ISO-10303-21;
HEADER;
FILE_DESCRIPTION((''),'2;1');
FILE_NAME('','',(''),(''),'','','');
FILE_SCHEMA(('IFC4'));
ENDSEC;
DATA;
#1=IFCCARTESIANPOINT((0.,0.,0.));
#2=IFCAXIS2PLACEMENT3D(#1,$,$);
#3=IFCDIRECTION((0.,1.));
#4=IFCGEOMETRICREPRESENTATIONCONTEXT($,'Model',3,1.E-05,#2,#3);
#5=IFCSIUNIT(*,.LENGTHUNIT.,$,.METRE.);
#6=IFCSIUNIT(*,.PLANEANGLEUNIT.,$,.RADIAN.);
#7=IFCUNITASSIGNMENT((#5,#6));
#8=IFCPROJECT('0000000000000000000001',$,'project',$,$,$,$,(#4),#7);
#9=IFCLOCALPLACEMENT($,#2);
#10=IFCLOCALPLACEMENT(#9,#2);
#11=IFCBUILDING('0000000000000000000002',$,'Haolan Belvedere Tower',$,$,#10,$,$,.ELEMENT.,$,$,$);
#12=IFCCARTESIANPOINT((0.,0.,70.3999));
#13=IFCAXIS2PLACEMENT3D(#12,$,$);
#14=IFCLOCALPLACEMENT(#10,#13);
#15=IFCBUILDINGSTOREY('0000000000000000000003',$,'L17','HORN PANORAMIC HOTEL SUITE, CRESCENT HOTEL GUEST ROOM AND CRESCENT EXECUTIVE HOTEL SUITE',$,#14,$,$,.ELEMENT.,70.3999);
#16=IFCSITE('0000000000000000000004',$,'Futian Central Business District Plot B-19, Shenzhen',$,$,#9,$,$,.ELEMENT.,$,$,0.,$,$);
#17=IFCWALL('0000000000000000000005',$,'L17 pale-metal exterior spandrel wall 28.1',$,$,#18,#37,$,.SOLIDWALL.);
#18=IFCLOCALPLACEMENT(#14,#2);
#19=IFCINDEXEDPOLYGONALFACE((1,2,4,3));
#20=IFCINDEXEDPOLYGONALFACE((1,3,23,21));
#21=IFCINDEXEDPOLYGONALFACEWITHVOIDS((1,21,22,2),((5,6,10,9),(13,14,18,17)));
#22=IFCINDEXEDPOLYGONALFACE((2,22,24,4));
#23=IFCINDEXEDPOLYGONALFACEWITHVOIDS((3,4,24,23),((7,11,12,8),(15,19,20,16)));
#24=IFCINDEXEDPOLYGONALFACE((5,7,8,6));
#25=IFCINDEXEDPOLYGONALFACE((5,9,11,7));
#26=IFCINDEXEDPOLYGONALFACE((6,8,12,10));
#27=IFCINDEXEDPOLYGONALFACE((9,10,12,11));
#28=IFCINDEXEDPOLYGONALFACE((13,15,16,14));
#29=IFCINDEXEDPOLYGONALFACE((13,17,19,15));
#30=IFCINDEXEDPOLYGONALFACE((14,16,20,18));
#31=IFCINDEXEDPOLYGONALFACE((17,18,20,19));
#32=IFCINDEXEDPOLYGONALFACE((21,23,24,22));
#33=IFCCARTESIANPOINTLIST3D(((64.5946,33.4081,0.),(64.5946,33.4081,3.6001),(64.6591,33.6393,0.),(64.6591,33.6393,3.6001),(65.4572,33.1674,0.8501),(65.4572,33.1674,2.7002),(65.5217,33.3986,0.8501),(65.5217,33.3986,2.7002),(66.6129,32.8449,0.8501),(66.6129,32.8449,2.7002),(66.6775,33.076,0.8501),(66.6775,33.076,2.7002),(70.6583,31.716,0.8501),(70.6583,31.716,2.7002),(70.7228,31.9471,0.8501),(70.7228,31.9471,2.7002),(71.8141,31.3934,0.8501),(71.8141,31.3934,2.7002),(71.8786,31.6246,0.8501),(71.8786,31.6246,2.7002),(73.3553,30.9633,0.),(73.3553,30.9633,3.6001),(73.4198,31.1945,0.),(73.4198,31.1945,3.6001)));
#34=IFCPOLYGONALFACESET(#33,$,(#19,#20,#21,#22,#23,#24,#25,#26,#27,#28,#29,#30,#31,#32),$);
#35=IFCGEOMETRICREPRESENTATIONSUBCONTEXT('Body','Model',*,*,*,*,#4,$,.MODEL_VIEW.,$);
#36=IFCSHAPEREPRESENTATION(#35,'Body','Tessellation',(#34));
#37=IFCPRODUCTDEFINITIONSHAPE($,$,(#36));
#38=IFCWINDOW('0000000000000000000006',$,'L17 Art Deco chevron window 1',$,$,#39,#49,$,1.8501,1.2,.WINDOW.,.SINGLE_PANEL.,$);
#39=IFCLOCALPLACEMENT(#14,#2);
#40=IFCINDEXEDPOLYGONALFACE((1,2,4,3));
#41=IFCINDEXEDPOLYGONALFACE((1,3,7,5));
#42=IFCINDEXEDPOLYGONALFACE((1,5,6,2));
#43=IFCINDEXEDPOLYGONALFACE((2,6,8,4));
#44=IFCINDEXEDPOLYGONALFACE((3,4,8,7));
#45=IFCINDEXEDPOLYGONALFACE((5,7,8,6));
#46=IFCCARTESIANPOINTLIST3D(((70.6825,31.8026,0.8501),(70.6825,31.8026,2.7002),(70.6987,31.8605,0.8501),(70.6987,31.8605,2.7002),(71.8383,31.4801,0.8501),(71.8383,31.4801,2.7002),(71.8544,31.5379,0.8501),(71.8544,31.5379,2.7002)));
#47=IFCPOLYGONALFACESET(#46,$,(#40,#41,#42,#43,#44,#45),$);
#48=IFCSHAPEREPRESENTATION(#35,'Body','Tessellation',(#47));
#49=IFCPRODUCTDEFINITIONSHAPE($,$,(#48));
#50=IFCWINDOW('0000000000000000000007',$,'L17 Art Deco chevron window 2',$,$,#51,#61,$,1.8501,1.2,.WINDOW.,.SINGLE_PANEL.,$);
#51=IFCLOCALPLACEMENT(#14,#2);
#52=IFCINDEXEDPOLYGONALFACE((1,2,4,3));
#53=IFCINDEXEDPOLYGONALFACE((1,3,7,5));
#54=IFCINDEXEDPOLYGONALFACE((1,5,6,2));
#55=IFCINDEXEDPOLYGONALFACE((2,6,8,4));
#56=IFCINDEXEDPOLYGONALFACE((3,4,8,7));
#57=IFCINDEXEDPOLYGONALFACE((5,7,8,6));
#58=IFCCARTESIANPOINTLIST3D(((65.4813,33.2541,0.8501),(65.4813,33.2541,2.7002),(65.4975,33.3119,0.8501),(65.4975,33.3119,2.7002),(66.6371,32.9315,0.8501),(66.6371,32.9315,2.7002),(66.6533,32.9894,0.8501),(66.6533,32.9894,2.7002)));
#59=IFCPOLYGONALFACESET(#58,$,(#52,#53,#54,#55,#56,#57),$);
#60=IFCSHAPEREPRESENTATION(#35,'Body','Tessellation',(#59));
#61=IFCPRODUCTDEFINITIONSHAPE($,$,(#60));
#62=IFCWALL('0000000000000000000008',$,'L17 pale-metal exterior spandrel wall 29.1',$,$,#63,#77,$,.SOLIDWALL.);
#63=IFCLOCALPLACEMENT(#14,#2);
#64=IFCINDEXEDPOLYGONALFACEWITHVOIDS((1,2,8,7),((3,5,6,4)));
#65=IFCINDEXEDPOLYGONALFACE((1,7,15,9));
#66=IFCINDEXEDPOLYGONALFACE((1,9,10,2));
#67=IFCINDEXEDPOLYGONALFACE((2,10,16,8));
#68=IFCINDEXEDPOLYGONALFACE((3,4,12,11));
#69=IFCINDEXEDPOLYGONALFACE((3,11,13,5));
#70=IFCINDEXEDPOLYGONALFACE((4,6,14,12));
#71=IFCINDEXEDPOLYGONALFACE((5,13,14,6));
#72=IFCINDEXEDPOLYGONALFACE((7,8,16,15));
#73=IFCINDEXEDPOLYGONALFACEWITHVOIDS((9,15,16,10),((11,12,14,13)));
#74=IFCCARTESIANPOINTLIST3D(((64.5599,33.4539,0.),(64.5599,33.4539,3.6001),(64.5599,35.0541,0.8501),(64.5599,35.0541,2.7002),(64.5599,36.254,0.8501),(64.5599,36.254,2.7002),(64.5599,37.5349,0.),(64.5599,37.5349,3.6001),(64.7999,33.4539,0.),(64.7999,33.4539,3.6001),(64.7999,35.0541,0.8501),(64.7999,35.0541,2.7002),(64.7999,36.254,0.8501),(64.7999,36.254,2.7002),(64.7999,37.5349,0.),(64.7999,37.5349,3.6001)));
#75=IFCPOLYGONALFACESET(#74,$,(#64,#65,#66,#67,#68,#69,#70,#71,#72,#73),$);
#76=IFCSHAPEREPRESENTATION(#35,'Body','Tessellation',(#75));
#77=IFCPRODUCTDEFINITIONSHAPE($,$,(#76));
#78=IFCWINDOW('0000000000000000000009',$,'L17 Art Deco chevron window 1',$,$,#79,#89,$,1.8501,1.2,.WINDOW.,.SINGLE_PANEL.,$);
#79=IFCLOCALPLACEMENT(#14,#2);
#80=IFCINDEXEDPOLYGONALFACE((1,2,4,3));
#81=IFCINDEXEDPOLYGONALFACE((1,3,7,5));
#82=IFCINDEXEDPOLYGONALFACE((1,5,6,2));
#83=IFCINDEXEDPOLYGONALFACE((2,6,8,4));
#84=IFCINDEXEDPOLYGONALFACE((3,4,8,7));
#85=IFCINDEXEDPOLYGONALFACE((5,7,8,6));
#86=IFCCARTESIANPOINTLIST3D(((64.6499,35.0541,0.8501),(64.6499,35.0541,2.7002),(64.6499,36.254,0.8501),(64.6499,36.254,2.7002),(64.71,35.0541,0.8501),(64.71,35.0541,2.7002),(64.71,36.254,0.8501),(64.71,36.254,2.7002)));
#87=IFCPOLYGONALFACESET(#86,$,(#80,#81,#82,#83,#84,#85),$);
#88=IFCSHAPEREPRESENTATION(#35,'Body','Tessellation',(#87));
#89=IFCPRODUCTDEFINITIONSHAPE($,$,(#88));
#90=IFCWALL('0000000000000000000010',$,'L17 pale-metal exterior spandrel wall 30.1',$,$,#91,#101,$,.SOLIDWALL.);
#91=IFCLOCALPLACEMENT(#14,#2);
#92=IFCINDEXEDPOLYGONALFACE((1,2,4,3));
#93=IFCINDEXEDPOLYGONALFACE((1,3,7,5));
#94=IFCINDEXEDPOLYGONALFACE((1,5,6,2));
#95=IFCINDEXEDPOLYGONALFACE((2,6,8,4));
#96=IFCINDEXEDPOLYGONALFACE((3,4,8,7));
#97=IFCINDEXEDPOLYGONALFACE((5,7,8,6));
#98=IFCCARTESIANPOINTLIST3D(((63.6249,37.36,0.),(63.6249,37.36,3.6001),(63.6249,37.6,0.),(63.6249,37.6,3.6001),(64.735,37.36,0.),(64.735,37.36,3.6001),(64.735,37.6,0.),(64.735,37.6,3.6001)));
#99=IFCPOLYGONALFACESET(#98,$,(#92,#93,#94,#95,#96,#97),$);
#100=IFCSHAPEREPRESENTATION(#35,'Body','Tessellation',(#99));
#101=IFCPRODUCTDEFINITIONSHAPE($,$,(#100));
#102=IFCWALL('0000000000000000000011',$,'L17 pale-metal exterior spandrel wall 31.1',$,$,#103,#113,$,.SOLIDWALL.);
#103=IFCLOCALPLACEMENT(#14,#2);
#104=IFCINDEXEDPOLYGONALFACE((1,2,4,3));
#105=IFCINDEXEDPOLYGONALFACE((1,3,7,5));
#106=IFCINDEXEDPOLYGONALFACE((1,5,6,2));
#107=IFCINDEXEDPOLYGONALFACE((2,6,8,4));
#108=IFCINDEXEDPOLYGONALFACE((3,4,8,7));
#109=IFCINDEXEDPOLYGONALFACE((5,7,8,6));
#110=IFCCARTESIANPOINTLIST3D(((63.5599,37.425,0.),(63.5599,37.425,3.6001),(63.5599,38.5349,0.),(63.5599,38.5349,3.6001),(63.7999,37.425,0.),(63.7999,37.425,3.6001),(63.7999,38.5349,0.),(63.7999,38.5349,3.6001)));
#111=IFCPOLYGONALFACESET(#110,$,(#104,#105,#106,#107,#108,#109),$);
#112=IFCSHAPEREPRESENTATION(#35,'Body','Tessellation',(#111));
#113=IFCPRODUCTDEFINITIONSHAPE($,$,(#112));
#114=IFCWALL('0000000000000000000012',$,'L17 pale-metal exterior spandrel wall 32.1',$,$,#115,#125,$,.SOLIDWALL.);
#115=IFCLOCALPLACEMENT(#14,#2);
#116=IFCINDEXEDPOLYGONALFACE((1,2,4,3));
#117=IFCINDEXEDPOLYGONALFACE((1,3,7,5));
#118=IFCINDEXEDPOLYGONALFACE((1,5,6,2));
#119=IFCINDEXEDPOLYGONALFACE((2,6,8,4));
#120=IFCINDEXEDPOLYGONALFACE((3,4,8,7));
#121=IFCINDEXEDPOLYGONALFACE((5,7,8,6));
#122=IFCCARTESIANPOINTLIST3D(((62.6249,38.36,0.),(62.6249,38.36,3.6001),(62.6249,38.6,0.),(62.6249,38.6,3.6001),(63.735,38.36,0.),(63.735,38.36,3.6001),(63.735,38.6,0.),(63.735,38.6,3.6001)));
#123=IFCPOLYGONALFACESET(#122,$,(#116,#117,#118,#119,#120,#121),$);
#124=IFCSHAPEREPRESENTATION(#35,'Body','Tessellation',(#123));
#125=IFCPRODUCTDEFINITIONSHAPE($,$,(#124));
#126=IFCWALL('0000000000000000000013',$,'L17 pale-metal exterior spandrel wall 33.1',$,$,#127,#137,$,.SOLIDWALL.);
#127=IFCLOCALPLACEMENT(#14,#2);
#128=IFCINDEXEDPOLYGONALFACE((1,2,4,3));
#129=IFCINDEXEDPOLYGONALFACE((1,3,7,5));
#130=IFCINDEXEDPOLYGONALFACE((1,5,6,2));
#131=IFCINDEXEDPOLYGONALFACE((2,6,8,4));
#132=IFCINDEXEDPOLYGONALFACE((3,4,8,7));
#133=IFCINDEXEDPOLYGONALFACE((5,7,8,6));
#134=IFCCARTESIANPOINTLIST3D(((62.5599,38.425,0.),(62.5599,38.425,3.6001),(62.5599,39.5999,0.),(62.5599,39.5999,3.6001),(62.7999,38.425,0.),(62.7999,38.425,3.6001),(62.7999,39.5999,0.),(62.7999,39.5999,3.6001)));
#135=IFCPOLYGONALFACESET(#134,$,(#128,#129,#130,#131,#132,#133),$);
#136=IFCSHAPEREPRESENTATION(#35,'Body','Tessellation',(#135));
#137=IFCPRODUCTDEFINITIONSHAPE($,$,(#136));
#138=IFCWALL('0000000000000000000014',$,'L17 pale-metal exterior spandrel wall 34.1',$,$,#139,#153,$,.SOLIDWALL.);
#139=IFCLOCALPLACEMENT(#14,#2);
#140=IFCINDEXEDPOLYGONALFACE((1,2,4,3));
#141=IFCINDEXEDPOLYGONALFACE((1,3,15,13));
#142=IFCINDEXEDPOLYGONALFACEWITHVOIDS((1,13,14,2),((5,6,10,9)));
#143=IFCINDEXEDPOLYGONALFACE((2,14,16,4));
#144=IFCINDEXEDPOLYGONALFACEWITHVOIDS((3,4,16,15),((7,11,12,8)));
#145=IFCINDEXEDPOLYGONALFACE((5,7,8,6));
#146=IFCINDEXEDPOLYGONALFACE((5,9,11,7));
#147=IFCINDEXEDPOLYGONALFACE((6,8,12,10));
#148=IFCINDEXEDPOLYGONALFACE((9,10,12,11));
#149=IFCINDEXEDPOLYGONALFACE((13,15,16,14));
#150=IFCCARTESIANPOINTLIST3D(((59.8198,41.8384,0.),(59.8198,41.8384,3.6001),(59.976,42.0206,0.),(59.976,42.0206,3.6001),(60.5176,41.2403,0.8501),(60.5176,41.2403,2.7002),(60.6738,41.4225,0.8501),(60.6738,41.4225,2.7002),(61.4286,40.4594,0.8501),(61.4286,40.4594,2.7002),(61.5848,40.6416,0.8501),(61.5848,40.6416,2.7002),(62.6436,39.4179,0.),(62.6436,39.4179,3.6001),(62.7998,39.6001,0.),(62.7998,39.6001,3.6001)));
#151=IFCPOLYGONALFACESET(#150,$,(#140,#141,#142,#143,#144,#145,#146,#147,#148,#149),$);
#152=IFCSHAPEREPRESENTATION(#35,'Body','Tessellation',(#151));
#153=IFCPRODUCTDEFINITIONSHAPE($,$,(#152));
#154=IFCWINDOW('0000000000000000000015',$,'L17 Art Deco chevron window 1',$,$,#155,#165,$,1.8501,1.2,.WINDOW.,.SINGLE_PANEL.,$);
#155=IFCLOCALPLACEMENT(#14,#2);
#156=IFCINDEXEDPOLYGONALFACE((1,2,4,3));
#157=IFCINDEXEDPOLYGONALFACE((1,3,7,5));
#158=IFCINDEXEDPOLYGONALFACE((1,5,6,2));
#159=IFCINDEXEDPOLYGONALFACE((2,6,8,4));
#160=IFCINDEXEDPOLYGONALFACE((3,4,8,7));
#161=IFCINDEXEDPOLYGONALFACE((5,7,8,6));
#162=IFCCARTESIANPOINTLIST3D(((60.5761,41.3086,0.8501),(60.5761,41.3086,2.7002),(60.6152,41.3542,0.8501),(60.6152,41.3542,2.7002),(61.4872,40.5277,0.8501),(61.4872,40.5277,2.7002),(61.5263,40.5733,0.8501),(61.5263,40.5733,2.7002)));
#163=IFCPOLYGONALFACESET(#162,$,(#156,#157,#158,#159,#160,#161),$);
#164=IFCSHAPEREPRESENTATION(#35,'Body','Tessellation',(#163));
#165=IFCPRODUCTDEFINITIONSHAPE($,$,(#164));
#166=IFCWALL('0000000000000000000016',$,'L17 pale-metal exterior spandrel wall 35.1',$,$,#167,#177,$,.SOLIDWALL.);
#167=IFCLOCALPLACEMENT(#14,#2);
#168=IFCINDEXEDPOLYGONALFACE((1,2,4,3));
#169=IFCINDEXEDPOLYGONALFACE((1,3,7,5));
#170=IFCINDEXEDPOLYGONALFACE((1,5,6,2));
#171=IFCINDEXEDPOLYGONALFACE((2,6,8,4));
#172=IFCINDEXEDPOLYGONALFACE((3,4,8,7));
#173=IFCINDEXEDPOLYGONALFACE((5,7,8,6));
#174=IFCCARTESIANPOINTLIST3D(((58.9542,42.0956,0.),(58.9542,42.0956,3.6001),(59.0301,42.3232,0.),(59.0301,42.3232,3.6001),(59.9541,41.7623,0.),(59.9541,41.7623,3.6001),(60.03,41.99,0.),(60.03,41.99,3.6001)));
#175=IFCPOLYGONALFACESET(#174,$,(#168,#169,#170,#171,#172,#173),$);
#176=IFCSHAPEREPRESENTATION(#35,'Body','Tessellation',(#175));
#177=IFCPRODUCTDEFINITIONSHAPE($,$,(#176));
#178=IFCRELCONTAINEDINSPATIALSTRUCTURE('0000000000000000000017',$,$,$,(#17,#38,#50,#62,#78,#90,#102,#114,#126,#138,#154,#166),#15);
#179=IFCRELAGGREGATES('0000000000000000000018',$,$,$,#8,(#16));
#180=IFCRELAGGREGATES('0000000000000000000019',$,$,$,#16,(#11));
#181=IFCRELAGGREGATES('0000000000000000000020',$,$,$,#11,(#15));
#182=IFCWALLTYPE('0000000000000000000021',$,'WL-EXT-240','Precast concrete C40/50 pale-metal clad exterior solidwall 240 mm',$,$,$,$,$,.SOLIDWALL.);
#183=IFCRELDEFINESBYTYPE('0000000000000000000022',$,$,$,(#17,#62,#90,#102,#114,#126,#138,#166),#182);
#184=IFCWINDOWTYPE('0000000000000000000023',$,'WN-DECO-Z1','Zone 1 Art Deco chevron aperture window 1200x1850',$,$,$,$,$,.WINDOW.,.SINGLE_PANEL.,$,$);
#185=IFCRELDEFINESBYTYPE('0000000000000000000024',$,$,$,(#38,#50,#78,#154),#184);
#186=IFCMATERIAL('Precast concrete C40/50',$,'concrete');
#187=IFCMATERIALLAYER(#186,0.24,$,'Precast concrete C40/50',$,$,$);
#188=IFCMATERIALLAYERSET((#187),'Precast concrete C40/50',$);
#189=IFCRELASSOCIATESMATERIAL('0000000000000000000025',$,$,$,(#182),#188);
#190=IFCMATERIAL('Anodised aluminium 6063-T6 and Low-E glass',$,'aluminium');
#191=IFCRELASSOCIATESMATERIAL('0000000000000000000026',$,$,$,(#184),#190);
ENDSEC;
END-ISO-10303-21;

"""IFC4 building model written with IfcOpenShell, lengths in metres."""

from ifc_helpers import new_model, si_unit, direction, frame, frame_2d, origin, place, context, subcontext, project, spatial, rectangle, extrude, material, layer, layer_set, type_object, element, fill, save


model = new_model("IFC4")

# Units and contexts
model_context = context("Model", 3, precision=1e-05, world=origin(), true_north=direction((0.0, 1.0)))
body_context = subcontext(model_context, "Body", "Model", "MODEL_VIEW")
ifc_project = project(units=[si_unit("LENGTHUNIT", "METRE"), si_unit("PLANEANGLEUNIT", "RADIAN")], contexts=[model_context])

# Site, building, storey
site_placement = place(None, origin())
site = spatial("IfcSite", under=ifc_project, at=site_placement, Name="Futian Central Business District Plot B-19, Shenzhen", CompositionType="ELEMENT", RefElevation=0.0)
building_placement = place(site_placement, origin())
building = spatial("IfcBuilding", under=site, at=building_placement, Name="Haolan Belvedere Tower", CompositionType="ELEMENT")
storey_placement = place(building_placement, frame((0.0, 0.0, 70.3999)))
storey = spatial("IfcBuildingStorey", under=building, at=storey_placement, Name="L17", Description="HORN PANORAMIC HOTEL SUITE, CRESCENT HOTEL GUEST ROOM AND CRESCENT EXECUTIVE HOTEL SUITE", CompositionType="ELEMENT", Elevation=70.3999)

# Wall, openings, windows
ifc_material_1 = material(Name="Precast concrete C40/50", Category="concrete")
ifc_layer_1 = layer(ifc_material_1, 0.24, Name="Precast concrete C40/50")
ifc_layer_set_1 = layer_set([ifc_layer_1], Name="Precast concrete C40/50")
wall_type_1 = type_object("IfcWallType", Name="WL-EXT-240", Description="Precast concrete C40/50 pale-metal clad exterior solidwall 240 mm", PredefinedType="SOLIDWALL", material=ifc_layer_set_1)
wall_1_placement = place(storey_placement, frame((73.3877, 31.0789, 0.0), z_axis=(0.0, 0.0, 1.0), x_axis=(-0.963197, 0.268795, 0.0)))
wall_1 = element("IfcWall", 1, at=wall_1_placement, inside=storey, type_object=wall_type_1, Name="L17 pale-metal exterior spandrel wall 28.1", PredefinedType="SOLIDWALL", context=body_context, shape_type="SweptSolid", body=[
    extrude(rectangle(XDim=9.0955, YDim=0.24, at=frame_2d((4.5479, 0.0))), origin(), (0.0, 0.0, 1.0), 3.6001),
])
opening_1_placement = place(wall_1_placement, frame((1.6001, 0.0, 0.8501)))
opening_1 = element("IfcOpeningElement", 2, at=opening_1_placement, cuts=wall_1, PredefinedType="OPENING", context=body_context, shape_type="SweptSolid", body=[
    extrude(rectangle(XDim=1.2, YDim=1.8501, at=frame_2d((0.6001, 0.925))), frame((0.0, 0.1299, 0.0), z_axis=(0.0, -1.0, 0.0), x_axis=(1.0, 0.0, 0.0)), (0.0, 0.0, 1.0), 0.26),
])
opening_2_placement = place(wall_1_placement, frame((7.0, 0.0, 0.8501)))
opening_2 = element("IfcOpeningElement", 3, at=opening_2_placement, cuts=wall_1, PredefinedType="OPENING", context=body_context, shape_type="SweptSolid", body=[
    extrude(rectangle(XDim=1.2, YDim=1.8501, at=frame_2d((0.6001, 0.925))), frame((0.0, 0.1299, 0.0), z_axis=(0.0, -1.0, 0.0), x_axis=(1.0, 0.0, 0.0)), (0.0, 0.0, 1.0), 0.26),
])
ifc_material_2 = material(Name="Anodised aluminium 6063-T6 and Low-E glass", Category="aluminium")
window_type = type_object("IfcWindowType", Name="WN-DECO-Z1", Description="Zone 1 Art Deco chevron aperture window 1200x1850", PartitioningType="SINGLE_PANEL", PredefinedType="WINDOW", material=ifc_material_2)
window_1_placement = place(opening_1_placement, origin())
window_1 = element("IfcWindow", 4, at=window_1_placement, inside=storey, type_object=window_type, Name="L17 Art Deco chevron window 1", OverallHeight=1.8501, OverallWidth=1.2, PartitioningType="SINGLE_PANEL", PredefinedType="WINDOW", context=body_context, shape_type="SweptSolid", body=[
    extrude(rectangle(XDim=1.2, YDim=1.8501, at=frame_2d((0.6001, 0.925))), frame((0.0, 0.03, 0.0), z_axis=(0.0, -1.0, 0.0), x_axis=(1.0, 0.0, 0.0)), (0.0, 0.0, 1.0), 0.0601),
])
fill(opening_1, window_1)
window_2_placement = place(opening_2_placement, origin())
window_2 = element("IfcWindow", 5, at=window_2_placement, inside=storey, type_object=window_type, Name="L17 Art Deco chevron window 2", OverallHeight=1.8501, OverallWidth=1.2, PartitioningType="SINGLE_PANEL", PredefinedType="WINDOW", context=body_context, shape_type="SweptSolid", body=[
    extrude(rectangle(XDim=1.2, YDim=1.8501, at=frame_2d((0.6001, 0.925))), frame((0.0, 0.03, 0.0), z_axis=(0.0, -1.0, 0.0), x_axis=(1.0, 0.0, 0.0)), (0.0, 0.0, 1.0), 0.0601),
])
fill(opening_2, window_2)

# Wall, opening, window
wall_2_placement = place(storey_placement, frame((64.6799, 33.4539, 0.0), z_axis=(0.0, 0.0, 1.0), x_axis=(0.0, 1.0, 0.0)))
wall_2 = element("IfcWall", 6, at=wall_2_placement, inside=storey, type_object=wall_type_1, Name="L17 pale-metal exterior spandrel wall 29.1", PredefinedType="SOLIDWALL", context=body_context, shape_type="SweptSolid", body=[
    extrude(rectangle(XDim=4.0811, YDim=0.24, at=frame_2d((2.0405, 0.0))), origin(), (0.0, 0.0, 1.0), 3.6001),
])
opening_3_placement = place(wall_2_placement, frame((1.6001, 0.0, 0.8501)))
opening_3 = element("IfcOpeningElement", 7, at=opening_3_placement, cuts=wall_2, PredefinedType="OPENING", context=body_context, shape_type="SweptSolid", body=[
    extrude(rectangle(XDim=1.2, YDim=1.8501, at=frame_2d((0.6001, 0.925))), frame((0.0, 0.1299, 0.0), z_axis=(0.0, -1.0, 0.0), x_axis=(1.0, 0.0, 0.0)), (0.0, 0.0, 1.0), 0.26),
])
window_3_placement = place(opening_3_placement, origin())
window_3 = element("IfcWindow", 8, at=window_3_placement, inside=storey, type_object=window_type, Name="L17 Art Deco chevron window 1", OverallHeight=1.8501, OverallWidth=1.2, PartitioningType="SINGLE_PANEL", PredefinedType="WINDOW", context=body_context, shape_type="SweptSolid", body=[
    extrude(rectangle(XDim=1.2, YDim=1.8501, at=frame_2d((0.6001, 0.925))), frame((0.0, 0.03, 0.0), z_axis=(0.0, -1.0, 0.0), x_axis=(1.0, 0.0, 0.0)), (0.0, 0.0, 1.0), 0.0601),
])
fill(opening_3, window_3)

# Walls
wall_3_placement = place(storey_placement, frame((64.7351, 37.48, 0.0), z_axis=(0.0, 0.0, 1.0), x_axis=(-1.0, 0.0, 0.0)))
element("IfcWall", 9, at=wall_3_placement, inside=storey, type_object=wall_type_1, Name="L17 pale-metal exterior spandrel wall 30.1", PredefinedType="SOLIDWALL", context=body_context, shape_type="SweptSolid", body=[
    extrude(rectangle(XDim=1.1101, YDim=0.24, at=frame_2d((0.5552, 0.0))), origin(), (0.0, 0.0, 1.0), 3.6001),
])
wall_4_placement = place(storey_placement, frame((63.6799, 37.425, 0.0), z_axis=(0.0, 0.0, 1.0), x_axis=(0.0, 1.0, 0.0)))
element("IfcWall", 10, at=wall_4_placement, inside=storey, type_object=wall_type_1, Name="L17 pale-metal exterior spandrel wall 31.1", PredefinedType="SOLIDWALL", context=body_context, shape_type="SweptSolid", body=[
    extrude(rectangle(XDim=1.1099, YDim=0.24, at=frame_2d((0.5549, 0.0))), origin(), (0.0, 0.0, 1.0), 3.6001),
])
wall_5_placement = place(storey_placement, frame((63.7351, 38.48, 0.0), z_axis=(0.0, 0.0, 1.0), x_axis=(-1.0, 0.0, 0.0)))
element("IfcWall", 11, at=wall_5_placement, inside=storey, type_object=wall_type_1, Name="L17 pale-metal exterior spandrel wall 32.1", PredefinedType="SOLIDWALL", context=body_context, shape_type="SweptSolid", body=[
    extrude(rectangle(XDim=1.1101, YDim=0.24, at=frame_2d((0.5552, 0.0))), origin(), (0.0, 0.0, 1.0), 3.6001),
])
wall_6_placement = place(storey_placement, frame((62.6799, 38.425, 0.0), z_axis=(0.0, 0.0, 1.0), x_axis=(0.0, 1.0, 0.0)))
element("IfcWall", 12, at=wall_6_placement, inside=storey, type_object=wall_type_1, Name="L17 pale-metal exterior spandrel wall 33.1", PredefinedType="SOLIDWALL", context=body_context, shape_type="SweptSolid", body=[
    extrude(rectangle(XDim=1.1748, YDim=0.24, at=frame_2d((0.5874, 0.0))), origin(), (0.0, 0.0, 1.0), 3.6001),
])

# Wall, opening, window
wall_7_placement = place(storey_placement, frame((62.7217, 39.509, 0.0), z_axis=(0.0, 0.0, 1.0), x_axis=(-0.759247, 0.650802, 0.0)))
wall_7 = element("IfcWall", 13, at=wall_7_placement, inside=storey, type_object=wall_type_1, Name="L17 pale-metal exterior spandrel wall 34.1", PredefinedType="SOLIDWALL", context=body_context, shape_type="SweptSolid", body=[
    extrude(rectangle(XDim=3.7192, YDim=0.24, at=frame_2d((1.8596, 0.0))), origin(), (0.0, 0.0, 1.0), 3.6001),
])
opening_4_placement = place(wall_7_placement, frame((1.6001, 0.0, 0.8501)))
opening_4 = element("IfcOpeningElement", 14, at=opening_4_placement, cuts=wall_7, PredefinedType="OPENING", context=body_context, shape_type="SweptSolid", body=[
    extrude(rectangle(XDim=1.2, YDim=1.8501, at=frame_2d((0.6001, 0.925))), frame((0.0, 0.1299, 0.0), z_axis=(0.0, -1.0, 0.0), x_axis=(1.0, 0.0, 0.0)), (0.0, 0.0, 1.0), 0.26),
])
window_4_placement = place(opening_4_placement, origin())
window_4 = element("IfcWindow", 15, at=window_4_placement, inside=storey, type_object=window_type, Name="L17 Art Deco chevron window 1", OverallHeight=1.8501, OverallWidth=1.2, PartitioningType="SINGLE_PANEL", PredefinedType="WINDOW", context=body_context, shape_type="SweptSolid", body=[
    extrude(rectangle(XDim=1.2, YDim=1.8501, at=frame_2d((0.6001, 0.925))), frame((0.0, 0.03, 0.0), z_axis=(0.0, -1.0, 0.0), x_axis=(1.0, 0.0, 0.0)), (0.0, 0.0, 1.0), 0.0601),
])
fill(opening_4, window_4)

# Wall
wall_8_placement = place(storey_placement, frame((59.9919, 41.8762, 0.0), z_axis=(0.0, 0.0, 1.0), x_axis=(-0.948706, 0.316158, 0.0)))
element("IfcWall", 16, at=wall_8_placement, inside=storey, type_object=wall_type_1, Name="L17 pale-metal exterior spandrel wall 35.1", PredefinedType="SOLIDWALL", context=body_context, shape_type="SweptSolid", body=[
    extrude(rectangle(XDim=1.054, YDim=0.24, at=frame_2d((0.5269, 0.0))), origin(), (0.0, 0.0, 1.0), 3.6001),
])

save(model, "model.ifc")
